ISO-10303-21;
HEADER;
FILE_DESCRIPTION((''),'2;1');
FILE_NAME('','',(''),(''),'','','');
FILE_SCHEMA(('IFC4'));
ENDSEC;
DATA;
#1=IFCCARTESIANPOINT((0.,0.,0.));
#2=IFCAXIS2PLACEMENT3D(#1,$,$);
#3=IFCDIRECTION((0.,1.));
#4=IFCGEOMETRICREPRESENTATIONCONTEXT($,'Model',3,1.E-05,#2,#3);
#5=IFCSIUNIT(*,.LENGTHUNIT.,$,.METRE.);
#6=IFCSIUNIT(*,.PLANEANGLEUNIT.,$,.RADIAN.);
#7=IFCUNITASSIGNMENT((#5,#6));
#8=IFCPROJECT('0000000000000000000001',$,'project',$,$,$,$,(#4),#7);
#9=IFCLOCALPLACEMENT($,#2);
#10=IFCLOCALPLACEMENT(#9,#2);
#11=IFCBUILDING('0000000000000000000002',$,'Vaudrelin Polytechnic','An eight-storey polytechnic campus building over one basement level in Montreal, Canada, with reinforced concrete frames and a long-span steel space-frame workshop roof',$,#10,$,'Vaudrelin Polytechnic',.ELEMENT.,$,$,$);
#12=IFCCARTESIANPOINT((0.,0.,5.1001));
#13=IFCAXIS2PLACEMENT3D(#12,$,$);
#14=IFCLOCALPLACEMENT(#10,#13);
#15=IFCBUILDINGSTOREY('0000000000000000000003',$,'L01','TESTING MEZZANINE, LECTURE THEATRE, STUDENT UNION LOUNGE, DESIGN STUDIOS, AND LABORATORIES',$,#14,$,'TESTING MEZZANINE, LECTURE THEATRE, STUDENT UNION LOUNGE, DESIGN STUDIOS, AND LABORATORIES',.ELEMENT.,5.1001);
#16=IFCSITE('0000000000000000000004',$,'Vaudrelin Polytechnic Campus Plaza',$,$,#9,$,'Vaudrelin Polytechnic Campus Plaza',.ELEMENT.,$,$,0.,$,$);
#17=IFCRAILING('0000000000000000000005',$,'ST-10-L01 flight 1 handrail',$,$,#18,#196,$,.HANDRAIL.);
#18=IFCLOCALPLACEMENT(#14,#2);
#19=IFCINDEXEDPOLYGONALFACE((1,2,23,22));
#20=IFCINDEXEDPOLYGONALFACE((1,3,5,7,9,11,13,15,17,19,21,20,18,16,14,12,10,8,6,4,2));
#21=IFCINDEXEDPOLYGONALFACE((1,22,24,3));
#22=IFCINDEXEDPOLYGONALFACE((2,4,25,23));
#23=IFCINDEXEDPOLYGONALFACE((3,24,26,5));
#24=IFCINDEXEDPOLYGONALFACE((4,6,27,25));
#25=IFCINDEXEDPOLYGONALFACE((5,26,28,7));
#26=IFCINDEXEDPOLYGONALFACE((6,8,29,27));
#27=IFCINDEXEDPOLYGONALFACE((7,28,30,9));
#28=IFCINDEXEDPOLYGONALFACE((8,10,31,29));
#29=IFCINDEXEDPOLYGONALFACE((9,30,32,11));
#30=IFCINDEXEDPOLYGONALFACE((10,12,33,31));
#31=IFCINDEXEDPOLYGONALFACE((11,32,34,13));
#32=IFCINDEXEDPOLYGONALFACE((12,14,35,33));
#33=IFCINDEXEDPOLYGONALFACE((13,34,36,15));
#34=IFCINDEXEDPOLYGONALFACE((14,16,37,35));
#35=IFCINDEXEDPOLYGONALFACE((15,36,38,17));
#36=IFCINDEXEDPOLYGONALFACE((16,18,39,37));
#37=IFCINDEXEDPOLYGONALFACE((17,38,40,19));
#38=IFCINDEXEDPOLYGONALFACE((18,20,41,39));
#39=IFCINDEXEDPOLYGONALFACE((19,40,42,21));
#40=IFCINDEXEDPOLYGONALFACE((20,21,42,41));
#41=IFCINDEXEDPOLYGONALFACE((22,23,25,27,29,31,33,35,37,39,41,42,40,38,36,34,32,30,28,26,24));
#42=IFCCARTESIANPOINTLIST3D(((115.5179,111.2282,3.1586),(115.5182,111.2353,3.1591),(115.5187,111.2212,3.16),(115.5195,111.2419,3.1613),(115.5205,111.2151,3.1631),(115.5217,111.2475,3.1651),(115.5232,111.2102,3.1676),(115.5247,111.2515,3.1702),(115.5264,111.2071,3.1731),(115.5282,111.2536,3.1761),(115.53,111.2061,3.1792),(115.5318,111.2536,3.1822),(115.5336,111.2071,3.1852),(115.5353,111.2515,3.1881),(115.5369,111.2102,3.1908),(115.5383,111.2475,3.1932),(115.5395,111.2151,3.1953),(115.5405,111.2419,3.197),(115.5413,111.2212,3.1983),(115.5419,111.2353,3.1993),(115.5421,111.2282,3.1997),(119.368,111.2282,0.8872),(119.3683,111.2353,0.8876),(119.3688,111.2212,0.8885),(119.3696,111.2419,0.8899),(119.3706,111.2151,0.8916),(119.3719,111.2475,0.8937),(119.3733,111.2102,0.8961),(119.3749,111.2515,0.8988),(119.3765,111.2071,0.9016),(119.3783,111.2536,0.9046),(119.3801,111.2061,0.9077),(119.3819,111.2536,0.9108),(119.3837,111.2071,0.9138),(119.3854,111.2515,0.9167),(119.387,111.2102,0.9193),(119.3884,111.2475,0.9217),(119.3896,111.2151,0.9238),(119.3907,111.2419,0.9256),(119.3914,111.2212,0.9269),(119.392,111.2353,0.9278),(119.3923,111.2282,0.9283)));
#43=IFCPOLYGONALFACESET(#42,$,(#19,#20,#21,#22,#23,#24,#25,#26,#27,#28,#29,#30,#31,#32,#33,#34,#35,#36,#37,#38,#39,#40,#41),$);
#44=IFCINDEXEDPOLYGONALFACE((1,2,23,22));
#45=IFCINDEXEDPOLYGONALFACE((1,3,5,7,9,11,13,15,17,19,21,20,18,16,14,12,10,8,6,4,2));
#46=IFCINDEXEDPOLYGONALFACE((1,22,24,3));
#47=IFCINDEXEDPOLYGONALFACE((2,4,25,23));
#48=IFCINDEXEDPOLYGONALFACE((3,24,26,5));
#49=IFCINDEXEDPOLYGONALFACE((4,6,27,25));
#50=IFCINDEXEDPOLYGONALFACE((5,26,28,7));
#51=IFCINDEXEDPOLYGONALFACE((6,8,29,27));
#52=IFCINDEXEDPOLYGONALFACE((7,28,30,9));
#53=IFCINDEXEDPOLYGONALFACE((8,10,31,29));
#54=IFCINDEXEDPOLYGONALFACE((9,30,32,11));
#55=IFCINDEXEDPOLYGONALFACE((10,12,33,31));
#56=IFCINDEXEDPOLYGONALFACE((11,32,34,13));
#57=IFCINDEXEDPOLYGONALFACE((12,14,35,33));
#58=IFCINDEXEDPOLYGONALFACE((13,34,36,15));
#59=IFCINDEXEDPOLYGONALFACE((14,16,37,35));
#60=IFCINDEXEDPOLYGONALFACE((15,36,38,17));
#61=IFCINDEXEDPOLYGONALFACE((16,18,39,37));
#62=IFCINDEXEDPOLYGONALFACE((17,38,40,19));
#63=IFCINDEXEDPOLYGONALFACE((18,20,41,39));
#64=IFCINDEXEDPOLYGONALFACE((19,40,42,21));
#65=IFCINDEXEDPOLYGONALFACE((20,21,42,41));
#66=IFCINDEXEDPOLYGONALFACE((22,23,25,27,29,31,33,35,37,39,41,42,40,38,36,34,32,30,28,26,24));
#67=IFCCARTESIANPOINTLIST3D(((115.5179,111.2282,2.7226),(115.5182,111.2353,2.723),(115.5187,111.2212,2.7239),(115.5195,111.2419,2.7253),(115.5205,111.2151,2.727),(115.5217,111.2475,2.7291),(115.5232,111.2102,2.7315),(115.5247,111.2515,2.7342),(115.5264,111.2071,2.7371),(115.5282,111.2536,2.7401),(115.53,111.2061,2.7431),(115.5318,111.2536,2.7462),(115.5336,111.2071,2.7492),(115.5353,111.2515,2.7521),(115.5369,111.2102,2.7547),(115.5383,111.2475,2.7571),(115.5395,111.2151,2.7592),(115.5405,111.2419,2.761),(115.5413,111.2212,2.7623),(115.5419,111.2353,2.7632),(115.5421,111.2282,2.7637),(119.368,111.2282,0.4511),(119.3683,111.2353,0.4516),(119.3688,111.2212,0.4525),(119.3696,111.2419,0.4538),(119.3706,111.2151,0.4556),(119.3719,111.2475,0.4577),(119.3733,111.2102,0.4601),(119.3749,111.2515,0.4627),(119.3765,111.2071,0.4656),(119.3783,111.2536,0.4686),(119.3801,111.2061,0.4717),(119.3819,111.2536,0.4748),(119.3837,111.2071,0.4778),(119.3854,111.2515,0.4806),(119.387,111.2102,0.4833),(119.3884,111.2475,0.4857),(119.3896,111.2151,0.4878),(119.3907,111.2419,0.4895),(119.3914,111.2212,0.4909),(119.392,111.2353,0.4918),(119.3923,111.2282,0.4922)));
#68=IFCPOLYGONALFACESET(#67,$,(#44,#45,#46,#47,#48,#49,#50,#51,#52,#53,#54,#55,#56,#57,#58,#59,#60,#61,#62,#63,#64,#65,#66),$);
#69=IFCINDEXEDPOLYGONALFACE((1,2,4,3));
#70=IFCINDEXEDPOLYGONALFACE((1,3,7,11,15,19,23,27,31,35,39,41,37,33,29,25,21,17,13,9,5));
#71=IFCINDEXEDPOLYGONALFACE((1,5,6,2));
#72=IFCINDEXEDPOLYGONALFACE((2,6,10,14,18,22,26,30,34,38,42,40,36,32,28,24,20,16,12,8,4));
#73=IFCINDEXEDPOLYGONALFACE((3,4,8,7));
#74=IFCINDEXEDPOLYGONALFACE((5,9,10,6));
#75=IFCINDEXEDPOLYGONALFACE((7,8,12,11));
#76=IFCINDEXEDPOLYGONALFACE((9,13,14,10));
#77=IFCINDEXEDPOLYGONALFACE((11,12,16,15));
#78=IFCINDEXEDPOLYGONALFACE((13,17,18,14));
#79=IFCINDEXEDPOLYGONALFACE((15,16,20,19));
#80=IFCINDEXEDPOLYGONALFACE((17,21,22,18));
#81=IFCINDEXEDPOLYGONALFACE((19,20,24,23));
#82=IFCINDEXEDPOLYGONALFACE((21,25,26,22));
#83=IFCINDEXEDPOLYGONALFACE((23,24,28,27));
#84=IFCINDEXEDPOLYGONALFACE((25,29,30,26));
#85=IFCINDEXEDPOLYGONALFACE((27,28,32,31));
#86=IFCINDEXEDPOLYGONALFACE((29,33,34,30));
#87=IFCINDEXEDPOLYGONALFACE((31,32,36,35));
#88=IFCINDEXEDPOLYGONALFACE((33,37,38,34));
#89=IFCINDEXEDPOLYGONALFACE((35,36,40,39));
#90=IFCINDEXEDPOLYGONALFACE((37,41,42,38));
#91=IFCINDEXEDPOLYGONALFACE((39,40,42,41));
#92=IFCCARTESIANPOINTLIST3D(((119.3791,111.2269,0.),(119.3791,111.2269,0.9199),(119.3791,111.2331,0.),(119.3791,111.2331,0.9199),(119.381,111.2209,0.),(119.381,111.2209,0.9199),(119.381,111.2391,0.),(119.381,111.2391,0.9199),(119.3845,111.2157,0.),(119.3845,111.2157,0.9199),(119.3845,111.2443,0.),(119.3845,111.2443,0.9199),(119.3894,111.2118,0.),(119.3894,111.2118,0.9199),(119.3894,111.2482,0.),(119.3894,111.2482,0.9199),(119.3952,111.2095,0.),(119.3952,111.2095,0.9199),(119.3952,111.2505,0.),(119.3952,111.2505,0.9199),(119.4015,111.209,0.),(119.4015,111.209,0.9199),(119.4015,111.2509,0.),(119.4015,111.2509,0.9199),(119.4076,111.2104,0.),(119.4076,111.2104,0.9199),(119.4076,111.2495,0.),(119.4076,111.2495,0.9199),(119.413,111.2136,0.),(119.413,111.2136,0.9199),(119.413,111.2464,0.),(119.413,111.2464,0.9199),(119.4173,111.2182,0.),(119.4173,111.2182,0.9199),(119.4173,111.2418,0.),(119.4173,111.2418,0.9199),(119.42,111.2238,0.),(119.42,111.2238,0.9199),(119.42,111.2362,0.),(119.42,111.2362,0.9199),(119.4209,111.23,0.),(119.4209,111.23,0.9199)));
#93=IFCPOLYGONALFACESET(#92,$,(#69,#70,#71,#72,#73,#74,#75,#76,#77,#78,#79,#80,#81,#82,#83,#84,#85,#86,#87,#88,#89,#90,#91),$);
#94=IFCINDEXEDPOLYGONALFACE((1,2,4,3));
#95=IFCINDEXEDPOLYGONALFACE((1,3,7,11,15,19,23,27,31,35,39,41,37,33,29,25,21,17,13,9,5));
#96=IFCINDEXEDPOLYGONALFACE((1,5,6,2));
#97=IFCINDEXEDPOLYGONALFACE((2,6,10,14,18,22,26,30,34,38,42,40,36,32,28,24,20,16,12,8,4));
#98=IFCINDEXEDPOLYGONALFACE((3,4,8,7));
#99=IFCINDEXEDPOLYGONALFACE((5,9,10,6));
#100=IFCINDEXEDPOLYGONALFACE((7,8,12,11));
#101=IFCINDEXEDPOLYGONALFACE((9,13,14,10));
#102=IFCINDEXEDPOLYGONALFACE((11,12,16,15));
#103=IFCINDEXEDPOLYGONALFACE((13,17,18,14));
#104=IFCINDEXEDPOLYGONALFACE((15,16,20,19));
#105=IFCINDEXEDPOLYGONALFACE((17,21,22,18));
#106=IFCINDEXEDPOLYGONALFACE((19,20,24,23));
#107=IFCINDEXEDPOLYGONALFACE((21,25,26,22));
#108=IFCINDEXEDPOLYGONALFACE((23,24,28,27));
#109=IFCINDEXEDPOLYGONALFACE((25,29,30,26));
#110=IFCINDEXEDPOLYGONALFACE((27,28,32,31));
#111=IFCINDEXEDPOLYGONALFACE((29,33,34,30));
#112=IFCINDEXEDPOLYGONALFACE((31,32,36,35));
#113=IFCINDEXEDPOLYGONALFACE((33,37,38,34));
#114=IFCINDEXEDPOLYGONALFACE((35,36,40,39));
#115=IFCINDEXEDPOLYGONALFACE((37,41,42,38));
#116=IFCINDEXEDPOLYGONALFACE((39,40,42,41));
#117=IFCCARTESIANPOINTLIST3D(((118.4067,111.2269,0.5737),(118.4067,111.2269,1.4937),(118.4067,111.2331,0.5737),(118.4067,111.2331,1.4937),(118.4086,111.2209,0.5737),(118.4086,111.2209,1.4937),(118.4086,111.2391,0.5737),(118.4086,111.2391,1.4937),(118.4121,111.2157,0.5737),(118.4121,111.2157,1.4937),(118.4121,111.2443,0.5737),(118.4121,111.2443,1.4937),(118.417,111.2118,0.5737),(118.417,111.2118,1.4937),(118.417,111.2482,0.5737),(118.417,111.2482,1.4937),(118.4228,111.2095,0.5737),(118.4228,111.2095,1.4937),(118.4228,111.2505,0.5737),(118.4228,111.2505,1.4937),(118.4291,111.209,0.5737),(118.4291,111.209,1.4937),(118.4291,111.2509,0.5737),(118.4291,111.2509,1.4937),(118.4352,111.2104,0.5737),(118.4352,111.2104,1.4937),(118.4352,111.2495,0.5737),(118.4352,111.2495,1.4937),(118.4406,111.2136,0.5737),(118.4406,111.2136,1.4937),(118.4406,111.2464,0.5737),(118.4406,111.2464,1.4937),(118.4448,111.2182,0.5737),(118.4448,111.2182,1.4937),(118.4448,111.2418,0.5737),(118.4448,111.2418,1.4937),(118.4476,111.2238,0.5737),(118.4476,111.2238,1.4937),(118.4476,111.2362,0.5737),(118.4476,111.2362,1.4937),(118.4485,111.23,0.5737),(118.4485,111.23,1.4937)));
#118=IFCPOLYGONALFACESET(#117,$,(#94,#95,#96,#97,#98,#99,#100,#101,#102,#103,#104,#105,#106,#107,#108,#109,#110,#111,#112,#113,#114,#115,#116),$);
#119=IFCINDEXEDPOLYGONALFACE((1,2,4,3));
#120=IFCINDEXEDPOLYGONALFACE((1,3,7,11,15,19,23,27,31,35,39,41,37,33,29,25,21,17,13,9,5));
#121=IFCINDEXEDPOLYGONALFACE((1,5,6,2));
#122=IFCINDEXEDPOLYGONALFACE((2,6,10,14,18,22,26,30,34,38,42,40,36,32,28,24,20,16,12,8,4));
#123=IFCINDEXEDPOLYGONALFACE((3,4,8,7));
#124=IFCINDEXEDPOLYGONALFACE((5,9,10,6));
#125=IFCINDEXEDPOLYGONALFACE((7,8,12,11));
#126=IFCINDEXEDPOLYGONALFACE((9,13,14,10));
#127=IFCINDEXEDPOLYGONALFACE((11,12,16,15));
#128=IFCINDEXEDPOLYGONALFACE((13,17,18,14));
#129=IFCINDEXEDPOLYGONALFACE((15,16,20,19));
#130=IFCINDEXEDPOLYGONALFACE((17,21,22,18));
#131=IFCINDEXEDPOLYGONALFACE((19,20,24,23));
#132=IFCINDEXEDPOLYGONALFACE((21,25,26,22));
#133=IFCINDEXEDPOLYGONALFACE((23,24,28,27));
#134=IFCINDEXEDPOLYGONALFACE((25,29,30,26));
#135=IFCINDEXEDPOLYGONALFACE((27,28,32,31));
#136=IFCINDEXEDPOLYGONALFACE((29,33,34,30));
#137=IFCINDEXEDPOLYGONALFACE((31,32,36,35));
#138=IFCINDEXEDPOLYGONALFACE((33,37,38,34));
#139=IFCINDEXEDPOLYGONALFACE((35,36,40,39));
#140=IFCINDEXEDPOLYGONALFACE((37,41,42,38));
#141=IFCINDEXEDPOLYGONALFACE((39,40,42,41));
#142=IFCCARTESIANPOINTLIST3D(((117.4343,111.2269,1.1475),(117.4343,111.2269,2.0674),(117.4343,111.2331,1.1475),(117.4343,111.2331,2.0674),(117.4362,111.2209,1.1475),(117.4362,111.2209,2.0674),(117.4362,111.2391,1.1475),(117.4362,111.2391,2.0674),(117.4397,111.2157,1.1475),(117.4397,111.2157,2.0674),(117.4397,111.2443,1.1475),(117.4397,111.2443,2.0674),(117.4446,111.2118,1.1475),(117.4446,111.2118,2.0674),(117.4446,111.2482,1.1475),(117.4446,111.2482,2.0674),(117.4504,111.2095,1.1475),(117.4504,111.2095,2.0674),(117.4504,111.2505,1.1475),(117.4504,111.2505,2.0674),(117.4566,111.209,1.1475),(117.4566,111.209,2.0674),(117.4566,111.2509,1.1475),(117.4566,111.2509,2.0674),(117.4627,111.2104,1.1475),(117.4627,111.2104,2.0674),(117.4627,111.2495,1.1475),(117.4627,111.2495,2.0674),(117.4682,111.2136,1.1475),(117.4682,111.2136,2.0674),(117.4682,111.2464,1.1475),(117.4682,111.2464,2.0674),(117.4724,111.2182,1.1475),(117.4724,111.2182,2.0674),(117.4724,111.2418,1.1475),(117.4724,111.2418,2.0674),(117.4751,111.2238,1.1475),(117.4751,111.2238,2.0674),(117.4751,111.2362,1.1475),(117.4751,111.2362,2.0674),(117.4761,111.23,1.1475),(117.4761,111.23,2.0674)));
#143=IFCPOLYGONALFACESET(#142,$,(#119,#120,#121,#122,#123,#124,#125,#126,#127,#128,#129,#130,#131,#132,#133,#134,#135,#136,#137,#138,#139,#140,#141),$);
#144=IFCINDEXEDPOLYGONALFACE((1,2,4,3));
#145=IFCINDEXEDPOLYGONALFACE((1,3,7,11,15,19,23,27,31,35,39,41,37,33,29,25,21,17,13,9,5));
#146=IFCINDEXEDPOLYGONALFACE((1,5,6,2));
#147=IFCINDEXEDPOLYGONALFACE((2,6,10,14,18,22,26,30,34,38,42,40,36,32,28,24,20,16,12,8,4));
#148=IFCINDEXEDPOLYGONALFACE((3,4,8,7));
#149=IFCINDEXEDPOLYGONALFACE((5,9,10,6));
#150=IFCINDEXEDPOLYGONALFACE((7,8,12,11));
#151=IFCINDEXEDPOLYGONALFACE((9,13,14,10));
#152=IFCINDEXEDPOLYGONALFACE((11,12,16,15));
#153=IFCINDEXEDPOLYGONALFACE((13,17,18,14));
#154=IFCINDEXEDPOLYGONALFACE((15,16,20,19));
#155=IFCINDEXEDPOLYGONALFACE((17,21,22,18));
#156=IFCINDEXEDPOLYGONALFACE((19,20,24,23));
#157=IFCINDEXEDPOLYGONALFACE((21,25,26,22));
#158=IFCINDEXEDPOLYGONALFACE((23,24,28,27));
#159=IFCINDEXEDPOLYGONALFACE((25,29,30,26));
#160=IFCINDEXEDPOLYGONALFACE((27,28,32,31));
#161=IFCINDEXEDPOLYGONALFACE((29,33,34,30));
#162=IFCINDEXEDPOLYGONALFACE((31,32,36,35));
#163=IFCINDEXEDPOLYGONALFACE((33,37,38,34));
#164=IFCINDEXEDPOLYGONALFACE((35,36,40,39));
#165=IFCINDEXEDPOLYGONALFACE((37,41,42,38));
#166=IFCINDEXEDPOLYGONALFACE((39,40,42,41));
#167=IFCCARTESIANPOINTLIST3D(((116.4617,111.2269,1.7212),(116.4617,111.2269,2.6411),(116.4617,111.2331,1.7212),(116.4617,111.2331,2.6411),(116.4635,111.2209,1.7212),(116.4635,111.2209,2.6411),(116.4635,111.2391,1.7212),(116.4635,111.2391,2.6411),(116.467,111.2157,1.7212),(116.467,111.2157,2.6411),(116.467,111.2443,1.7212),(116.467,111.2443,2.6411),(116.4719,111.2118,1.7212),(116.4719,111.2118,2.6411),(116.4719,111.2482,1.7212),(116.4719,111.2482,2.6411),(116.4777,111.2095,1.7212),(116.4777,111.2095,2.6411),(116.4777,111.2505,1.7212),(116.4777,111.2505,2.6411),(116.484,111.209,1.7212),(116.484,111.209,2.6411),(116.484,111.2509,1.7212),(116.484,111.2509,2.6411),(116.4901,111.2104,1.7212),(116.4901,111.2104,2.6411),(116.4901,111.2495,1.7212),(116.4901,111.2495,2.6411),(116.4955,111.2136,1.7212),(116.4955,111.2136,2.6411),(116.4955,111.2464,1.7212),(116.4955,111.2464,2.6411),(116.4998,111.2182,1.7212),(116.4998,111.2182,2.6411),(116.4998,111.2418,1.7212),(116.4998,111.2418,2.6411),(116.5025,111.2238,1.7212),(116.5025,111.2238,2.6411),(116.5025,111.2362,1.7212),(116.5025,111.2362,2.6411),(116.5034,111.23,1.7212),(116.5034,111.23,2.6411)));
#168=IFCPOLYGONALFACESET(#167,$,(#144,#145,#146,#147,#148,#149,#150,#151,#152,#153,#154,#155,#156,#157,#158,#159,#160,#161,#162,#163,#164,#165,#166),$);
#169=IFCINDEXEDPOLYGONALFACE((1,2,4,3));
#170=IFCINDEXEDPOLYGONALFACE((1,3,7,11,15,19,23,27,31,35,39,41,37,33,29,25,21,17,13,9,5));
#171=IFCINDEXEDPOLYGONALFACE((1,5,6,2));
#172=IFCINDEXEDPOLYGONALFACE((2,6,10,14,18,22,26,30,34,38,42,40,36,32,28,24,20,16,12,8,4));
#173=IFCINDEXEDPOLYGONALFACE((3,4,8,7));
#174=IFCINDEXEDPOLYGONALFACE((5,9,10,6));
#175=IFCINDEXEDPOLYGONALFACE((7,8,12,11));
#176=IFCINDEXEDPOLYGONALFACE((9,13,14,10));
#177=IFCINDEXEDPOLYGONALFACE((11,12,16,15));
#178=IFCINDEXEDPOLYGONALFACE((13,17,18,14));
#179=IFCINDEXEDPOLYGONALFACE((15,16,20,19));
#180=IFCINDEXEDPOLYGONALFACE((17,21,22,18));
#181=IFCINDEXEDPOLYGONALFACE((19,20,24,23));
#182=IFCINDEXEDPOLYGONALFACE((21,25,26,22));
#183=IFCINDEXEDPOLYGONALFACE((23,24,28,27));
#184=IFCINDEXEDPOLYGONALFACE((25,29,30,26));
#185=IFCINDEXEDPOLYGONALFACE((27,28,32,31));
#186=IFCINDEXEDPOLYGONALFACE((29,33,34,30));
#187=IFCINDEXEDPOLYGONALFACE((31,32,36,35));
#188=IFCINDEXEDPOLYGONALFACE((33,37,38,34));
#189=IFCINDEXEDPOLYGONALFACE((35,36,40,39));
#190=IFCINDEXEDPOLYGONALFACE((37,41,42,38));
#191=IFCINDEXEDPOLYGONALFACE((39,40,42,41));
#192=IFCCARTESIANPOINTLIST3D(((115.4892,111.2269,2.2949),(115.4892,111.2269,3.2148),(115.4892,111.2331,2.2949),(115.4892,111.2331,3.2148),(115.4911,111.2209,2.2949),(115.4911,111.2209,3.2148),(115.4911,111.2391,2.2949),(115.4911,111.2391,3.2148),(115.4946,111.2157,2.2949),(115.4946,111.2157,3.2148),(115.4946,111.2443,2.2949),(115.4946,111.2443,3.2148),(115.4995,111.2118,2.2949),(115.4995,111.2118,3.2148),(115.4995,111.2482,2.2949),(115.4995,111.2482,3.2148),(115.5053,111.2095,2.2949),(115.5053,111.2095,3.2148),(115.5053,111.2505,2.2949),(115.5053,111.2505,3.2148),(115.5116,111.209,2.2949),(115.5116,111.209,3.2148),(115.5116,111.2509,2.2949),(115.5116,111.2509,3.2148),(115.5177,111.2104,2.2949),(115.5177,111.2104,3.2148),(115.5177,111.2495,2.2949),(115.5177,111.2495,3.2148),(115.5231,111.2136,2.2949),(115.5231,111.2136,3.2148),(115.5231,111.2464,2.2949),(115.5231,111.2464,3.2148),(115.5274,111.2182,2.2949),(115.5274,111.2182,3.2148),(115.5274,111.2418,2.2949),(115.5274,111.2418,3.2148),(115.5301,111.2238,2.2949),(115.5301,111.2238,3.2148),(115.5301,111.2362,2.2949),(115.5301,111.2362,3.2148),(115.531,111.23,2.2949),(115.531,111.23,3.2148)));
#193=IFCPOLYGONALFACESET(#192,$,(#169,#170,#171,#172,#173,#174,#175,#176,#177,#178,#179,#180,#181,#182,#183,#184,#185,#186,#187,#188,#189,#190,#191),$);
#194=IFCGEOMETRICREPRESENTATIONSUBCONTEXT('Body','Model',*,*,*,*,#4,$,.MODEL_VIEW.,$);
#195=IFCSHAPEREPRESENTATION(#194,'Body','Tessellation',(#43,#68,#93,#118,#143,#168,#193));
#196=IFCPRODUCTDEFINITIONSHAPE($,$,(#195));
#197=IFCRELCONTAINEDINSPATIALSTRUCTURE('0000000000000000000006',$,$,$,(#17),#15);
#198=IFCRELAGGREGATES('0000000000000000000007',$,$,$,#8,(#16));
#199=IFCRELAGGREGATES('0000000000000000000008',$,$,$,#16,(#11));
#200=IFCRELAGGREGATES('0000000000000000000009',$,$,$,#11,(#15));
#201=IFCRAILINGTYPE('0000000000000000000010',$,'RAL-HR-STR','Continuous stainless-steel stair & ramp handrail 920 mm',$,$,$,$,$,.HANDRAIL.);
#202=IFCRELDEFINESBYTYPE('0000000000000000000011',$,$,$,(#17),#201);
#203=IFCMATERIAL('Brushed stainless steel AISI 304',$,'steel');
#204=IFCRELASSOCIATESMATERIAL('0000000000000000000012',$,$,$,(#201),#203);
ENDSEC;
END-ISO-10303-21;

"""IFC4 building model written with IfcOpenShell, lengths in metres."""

from ifc_helpers import new_model, si_unit, direction, frame, origin, origin_2d, place, context, subcontext, project, spatial, circle, extrude, material, type_object, element, save


model = new_model("IFC4")

# Units and contexts
model_context = context("Model", 3, precision=1e-05, world=origin(), true_north=direction((0.0, 1.0)))
body_context = subcontext(model_context, "Body", "Model", "MODEL_VIEW")
ifc_project = project(units=[si_unit("LENGTHUNIT", "METRE"), si_unit("PLANEANGLEUNIT", "RADIAN")], contexts=[model_context])

# Site, building, storey
site_placement = place(None, origin())
site = spatial("IfcSite", under=ifc_project, at=site_placement, Name="Vaudrelin Polytechnic Campus Plaza", LongName="Vaudrelin Polytechnic Campus Plaza", CompositionType="ELEMENT", RefElevation=0.0)
building_placement = place(site_placement, origin())
building = spatial("IfcBuilding", under=site, at=building_placement, Name="Vaudrelin Polytechnic", Description="An eight-storey polytechnic campus building over one basement level in Montreal, Canada, with reinforced concrete frames and a long-span steel space-frame workshop roof", LongName="Vaudrelin Polytechnic", CompositionType="ELEMENT")
storey_placement = place(building_placement, frame((0.0, 0.0, 5.1001)))
storey = spatial("IfcBuildingStorey", under=building, at=storey_placement, Name="L01", Description="TESTING MEZZANINE, LECTURE THEATRE, STUDENT UNION LOUNGE, DESIGN STUDIOS, AND LABORATORIES", LongName="TESTING MEZZANINE, LECTURE THEATRE, STUDENT UNION LOUNGE, DESIGN STUDIOS, AND LABORATORIES", CompositionType="ELEMENT", Elevation=5.1001)

# Railing
ifc_material_1 = material(Name="Brushed stainless steel AISI 304", Category="steel")
railing_type_1 = type_object("IfcRailingType", Name="RAL-HR-STR", Description="Continuous stainless-steel stair & ramp handrail 920 mm", PredefinedType="HANDRAIL", material=ifc_material_1)
railing_1_placement = place(storey_placement, frame((119.3999, 111.23, 0.0)))
element("IfcRailing", 1, at=railing_1_placement, inside=storey, type_object=railing_type_1, Name="ST-10-L01 flight 1 handrail", PredefinedType="HANDRAIL", context=body_context, shape_type="SweptSolid", body=[
    extrude(circle(Radius=0.0239, at=origin_2d()), frame((-0.0198, 0.0, 0.9077), z_axis=(-0.86128, 0.0, 0.50813), x_axis=(0.0, -1.0, 0.0)), (0.0, 0.0, 1.0), 4.4702),
    extrude(circle(Radius=0.0239, at=origin_2d()), frame((-0.0198, 0.0, 0.4717), z_axis=(-0.86128, 0.0, 0.50813), x_axis=(0.0, -1.0, 0.0)), (0.0, 0.0, 1.0), 4.4702),
    extrude(circle(Radius=0.021, at=origin_2d()), origin(), (0.0, 0.0, 1.0), 0.9199),
    extrude(circle(Radius=0.021, at=origin_2d()), frame((-0.9724, 0.0, 0.5737)), (0.0, 0.0, 1.0), 0.9199),
    extrude(circle(Radius=0.021, at=origin_2d()), frame((-1.9448, 0.0, 1.1475)), (0.0, 0.0, 1.0), 0.9199),
    extrude(circle(Radius=0.021, at=origin_2d()), frame((-2.9175, 0.0, 1.7212)), (0.0, 0.0, 1.0), 0.9199),
    extrude(circle(Radius=0.021, at=origin_2d()), frame((-3.8899, 0.0, 2.2949)), (0.0, 0.0, 1.0), 0.9199),
])

save(model, "model.ifc")
